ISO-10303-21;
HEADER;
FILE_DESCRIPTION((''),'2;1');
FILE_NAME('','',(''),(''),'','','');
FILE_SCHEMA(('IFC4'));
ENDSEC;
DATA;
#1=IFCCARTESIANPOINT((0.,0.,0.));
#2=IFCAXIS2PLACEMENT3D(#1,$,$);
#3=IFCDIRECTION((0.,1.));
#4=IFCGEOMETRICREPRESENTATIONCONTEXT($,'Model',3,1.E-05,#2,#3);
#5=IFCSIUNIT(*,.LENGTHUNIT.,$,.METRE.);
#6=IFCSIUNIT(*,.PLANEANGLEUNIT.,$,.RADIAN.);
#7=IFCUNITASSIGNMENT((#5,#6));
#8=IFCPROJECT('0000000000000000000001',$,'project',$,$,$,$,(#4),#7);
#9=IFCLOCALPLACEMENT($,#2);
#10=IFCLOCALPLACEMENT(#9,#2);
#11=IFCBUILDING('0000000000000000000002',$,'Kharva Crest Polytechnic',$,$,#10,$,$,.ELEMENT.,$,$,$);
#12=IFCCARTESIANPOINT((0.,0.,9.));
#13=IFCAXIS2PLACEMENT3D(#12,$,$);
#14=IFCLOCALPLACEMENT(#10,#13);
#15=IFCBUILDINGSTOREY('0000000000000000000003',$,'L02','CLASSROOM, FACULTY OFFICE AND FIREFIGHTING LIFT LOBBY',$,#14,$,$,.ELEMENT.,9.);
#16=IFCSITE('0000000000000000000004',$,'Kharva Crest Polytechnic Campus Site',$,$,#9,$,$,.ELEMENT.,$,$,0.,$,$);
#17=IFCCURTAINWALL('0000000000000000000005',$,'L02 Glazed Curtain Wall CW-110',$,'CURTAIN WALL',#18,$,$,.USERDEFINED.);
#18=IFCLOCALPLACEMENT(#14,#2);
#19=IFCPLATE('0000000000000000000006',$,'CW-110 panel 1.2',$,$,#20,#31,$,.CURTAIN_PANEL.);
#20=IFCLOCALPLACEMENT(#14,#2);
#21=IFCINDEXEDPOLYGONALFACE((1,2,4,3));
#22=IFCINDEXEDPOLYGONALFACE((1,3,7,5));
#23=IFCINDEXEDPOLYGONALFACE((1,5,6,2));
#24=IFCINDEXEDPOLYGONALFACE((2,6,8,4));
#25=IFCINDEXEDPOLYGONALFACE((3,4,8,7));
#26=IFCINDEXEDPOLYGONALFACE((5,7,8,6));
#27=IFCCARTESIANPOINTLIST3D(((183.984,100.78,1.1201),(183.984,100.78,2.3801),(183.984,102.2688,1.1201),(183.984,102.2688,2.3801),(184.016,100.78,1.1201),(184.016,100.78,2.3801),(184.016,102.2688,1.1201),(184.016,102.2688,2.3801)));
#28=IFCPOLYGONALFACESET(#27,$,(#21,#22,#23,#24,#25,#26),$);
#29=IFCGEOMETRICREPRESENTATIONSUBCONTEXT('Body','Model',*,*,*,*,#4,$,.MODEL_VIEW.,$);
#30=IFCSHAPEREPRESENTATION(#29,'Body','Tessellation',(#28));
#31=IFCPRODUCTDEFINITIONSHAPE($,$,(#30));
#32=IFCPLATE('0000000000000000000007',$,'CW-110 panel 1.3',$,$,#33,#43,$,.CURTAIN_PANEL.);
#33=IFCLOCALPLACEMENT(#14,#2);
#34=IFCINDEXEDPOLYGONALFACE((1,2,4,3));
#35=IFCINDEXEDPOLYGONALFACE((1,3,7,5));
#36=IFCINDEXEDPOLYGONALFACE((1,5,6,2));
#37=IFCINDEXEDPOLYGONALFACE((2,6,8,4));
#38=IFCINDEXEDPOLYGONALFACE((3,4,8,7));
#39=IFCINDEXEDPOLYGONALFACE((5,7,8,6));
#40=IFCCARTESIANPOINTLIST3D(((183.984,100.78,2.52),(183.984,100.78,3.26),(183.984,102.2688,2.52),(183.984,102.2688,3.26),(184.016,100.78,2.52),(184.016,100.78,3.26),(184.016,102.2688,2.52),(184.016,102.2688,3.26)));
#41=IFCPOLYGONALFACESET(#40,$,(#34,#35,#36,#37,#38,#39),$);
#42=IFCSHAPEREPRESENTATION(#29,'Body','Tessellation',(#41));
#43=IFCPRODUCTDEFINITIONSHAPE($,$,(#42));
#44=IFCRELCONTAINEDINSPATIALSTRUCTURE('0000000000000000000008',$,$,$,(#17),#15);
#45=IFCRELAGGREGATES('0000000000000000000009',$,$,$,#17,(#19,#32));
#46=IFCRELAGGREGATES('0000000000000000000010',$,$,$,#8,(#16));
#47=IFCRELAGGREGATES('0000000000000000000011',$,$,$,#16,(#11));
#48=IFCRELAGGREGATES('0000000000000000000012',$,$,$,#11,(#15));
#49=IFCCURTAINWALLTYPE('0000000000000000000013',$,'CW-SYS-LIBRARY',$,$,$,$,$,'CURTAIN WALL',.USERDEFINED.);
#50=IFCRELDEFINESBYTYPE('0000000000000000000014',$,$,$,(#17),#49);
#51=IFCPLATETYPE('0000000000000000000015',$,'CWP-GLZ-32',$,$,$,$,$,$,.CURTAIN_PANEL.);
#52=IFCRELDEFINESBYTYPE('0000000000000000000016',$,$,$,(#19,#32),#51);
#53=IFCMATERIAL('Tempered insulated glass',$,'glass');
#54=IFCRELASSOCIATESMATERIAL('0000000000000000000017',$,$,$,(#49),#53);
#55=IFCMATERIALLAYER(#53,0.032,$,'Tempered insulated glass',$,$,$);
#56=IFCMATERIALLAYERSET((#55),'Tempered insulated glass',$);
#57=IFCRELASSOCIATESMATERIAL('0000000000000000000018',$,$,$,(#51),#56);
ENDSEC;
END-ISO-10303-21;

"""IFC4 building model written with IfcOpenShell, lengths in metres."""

from ifc_helpers import new_model, si_unit, direction, frame, origin, origin_2d, place, context, subcontext, project, spatial, rectangle, extrude, material, layer, layer_set, type_object, element, aggregate, save


model = new_model("IFC4")

# Units and contexts
model_context = context("Model", 3, precision=1e-05, world=origin(), true_north=direction((0.0, 1.0)))
body_context = subcontext(model_context, "Body", "Model", "MODEL_VIEW")
ifc_project = project(units=[si_unit("LENGTHUNIT", "METRE"), si_unit("PLANEANGLEUNIT", "RADIAN")], contexts=[model_context])

# Site, building, storey
site_placement = place(None, origin())
site = spatial("IfcSite", under=ifc_project, at=site_placement, Name="Kharva Crest Polytechnic Campus Site", CompositionType="ELEMENT", RefElevation=0.0)
building_placement = place(site_placement, origin())
building = spatial("IfcBuilding", under=site, at=building_placement, Name="Kharva Crest Polytechnic", CompositionType="ELEMENT")
storey_placement = place(building_placement, frame((0.0, 0.0, 9.0)))
storey = spatial("IfcBuildingStorey", under=building, at=storey_placement, Name="L02", Description="CLASSROOM, FACULTY OFFICE AND FIREFIGHTING LIFT LOBBY", CompositionType="ELEMENT", Elevation=9.0)

# Curtain wall
ifc_material_1 = material(Name="Tempered insulated glass", Category="glass")
curtain_wall_type_1 = type_object("IfcCurtainWallType", Name="CW-SYS-LIBRARY", ElementType="CURTAIN WALL", PredefinedType="USERDEFINED", material=ifc_material_1)
curtain_wall_1_placement = place(storey_placement, origin())
curtain_wall_1 = element("IfcCurtainWall", 1, at=curtain_wall_1_placement, inside=storey, type_object=curtain_wall_type_1, Name="L02 Glazed Curtain Wall CW-110", ObjectType="CURTAIN WALL", PredefinedType="USERDEFINED")

# Plates
ifc_layer_1 = layer(ifc_material_1, 0.032, Name="Tempered insulated glass")
ifc_layer_set_1 = layer_set([ifc_layer_1], Name="Tempered insulated glass")
plate_type_1 = type_object("IfcPlateType", Name="CWP-GLZ-32", PredefinedType="CURTAIN_PANEL", material=ifc_layer_set_1)
plate_1_placement = place(storey_placement, frame((184.0, 101.5244, 1.1201), z_axis=(0.0, 0.0, 1.0), x_axis=(0.0, 1.0, 0.0)))
plate_1 = element("IfcPlate", 2, at=plate_1_placement, type_object=plate_type_1, Name="CW-110 panel 1.2", PredefinedType="CURTAIN_PANEL", context=body_context, shape_type="SweptSolid", body=[
    extrude(rectangle(XDim=1.4888, YDim=0.032, at=origin_2d()), origin(), (0.0, 0.0, 1.0), 1.26),
])
plate_2_placement = place(storey_placement, frame((184.0, 101.5244, 2.52), z_axis=(0.0, 0.0, 1.0), x_axis=(0.0, 1.0, 0.0)))
plate_2 = element("IfcPlate", 3, at=plate_2_placement, type_object=plate_type_1, Name="CW-110 panel 1.3", PredefinedType="CURTAIN_PANEL", context=body_context, shape_type="SweptSolid", body=[
    extrude(rectangle(XDim=1.4888, YDim=0.032, at=origin_2d()), origin(), (0.0, 0.0, 1.0), 0.74),
])
aggregate(curtain_wall_1, [plate_1, plate_2])

save(model, "model.ifc")
